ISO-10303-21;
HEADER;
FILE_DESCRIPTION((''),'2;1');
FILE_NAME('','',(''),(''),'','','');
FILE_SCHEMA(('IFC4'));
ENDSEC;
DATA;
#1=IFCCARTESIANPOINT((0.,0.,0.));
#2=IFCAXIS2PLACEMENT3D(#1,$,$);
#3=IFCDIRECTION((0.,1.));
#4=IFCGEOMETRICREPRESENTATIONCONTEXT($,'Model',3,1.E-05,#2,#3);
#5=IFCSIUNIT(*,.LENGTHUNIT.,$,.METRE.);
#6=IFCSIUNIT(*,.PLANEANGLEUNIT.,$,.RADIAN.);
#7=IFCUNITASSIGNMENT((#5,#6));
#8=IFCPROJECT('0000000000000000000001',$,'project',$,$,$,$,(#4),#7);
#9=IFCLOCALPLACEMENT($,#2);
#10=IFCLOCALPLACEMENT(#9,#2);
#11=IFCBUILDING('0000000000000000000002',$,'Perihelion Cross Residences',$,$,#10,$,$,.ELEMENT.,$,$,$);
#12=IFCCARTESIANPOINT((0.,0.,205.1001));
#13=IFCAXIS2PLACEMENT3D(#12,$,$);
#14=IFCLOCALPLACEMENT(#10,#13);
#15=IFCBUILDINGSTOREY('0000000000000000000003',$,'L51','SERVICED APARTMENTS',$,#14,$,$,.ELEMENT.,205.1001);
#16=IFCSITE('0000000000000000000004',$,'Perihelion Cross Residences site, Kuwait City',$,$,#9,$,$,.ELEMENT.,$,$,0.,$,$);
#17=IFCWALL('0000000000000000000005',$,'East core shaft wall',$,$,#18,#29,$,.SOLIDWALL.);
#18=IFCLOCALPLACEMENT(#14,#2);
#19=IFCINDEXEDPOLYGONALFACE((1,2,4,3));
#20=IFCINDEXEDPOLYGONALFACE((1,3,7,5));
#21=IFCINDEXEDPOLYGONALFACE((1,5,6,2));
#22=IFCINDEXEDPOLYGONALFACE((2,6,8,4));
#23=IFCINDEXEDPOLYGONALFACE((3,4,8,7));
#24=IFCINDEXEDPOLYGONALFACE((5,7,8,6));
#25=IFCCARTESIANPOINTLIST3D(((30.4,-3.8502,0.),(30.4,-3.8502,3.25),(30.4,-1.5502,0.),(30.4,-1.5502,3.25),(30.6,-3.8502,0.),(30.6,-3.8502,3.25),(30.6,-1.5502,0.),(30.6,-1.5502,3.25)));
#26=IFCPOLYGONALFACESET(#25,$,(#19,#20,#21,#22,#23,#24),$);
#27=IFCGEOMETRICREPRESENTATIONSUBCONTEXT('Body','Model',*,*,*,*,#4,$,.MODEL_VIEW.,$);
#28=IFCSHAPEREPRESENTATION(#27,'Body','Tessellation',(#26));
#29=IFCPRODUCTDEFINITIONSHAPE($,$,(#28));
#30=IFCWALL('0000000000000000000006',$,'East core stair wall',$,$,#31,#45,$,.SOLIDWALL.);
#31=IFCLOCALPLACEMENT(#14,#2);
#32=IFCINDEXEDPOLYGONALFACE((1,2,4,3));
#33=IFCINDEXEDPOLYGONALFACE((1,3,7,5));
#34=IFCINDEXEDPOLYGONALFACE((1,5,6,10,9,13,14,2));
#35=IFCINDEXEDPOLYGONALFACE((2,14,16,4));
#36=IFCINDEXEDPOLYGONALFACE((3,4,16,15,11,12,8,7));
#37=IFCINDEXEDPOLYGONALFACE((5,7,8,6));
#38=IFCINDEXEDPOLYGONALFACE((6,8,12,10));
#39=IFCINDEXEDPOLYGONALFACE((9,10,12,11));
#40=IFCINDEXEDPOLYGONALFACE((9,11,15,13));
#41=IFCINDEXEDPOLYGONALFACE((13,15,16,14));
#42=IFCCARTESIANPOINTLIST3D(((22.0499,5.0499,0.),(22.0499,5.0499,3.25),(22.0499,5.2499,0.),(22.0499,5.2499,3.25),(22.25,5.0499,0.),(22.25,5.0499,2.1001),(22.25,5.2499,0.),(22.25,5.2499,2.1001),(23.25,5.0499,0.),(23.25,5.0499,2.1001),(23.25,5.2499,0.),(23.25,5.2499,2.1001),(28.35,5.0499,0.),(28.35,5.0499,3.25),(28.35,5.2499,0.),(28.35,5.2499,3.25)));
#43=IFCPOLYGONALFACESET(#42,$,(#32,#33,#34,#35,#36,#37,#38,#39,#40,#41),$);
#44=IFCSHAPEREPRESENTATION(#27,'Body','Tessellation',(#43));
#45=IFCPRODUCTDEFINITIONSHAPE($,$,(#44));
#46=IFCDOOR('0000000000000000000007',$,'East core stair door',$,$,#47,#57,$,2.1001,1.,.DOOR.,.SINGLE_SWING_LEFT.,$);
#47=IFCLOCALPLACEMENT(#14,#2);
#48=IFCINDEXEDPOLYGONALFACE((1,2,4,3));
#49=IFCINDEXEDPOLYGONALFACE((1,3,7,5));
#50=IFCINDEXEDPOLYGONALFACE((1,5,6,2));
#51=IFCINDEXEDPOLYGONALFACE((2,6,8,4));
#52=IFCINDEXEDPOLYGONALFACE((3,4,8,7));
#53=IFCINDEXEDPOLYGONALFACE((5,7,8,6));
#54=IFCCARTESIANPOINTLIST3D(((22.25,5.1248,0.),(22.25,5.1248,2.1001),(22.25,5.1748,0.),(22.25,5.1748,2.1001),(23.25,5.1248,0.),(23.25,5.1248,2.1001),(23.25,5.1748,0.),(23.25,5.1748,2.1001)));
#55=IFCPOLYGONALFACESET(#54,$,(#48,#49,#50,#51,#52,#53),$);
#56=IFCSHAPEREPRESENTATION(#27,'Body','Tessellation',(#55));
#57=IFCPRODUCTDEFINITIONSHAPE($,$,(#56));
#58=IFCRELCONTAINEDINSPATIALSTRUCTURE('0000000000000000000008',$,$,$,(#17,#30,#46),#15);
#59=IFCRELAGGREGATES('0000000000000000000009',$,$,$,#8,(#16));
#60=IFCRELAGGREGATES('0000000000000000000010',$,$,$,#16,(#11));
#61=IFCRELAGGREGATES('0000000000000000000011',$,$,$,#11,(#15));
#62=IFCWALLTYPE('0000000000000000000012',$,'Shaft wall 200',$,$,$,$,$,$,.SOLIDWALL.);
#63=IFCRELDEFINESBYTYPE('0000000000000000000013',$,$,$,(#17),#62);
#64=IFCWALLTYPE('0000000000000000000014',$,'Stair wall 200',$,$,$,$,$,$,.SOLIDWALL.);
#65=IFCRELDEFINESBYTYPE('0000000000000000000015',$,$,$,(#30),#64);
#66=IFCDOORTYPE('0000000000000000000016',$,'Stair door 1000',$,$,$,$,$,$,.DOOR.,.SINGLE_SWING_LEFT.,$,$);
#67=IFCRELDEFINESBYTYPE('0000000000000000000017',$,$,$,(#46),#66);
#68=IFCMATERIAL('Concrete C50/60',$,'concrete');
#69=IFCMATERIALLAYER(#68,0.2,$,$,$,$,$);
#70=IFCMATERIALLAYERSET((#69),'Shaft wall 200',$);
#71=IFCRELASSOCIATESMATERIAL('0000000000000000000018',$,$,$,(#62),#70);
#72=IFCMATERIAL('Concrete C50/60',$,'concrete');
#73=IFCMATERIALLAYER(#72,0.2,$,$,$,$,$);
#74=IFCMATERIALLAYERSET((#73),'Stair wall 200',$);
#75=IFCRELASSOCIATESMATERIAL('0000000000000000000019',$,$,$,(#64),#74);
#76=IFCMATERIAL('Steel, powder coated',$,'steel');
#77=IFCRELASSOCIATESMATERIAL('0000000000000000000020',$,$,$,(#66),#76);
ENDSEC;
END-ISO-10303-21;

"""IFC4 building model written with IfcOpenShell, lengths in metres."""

from ifc_helpers import new_model, si_unit, direction, frame, frame_2d, origin, place, context, subcontext, project, spatial, rectangle, extrude, material, layer, layer_set, type_object, element, fill, save


model = new_model("IFC4")

# Units and contexts
model_context = context("Model", 3, precision=1e-05, world=origin(), true_north=direction((0.0, 1.0)))
body_context = subcontext(model_context, "Body", "Model", "MODEL_VIEW")
ifc_project = project(units=[si_unit("LENGTHUNIT", "METRE"), si_unit("PLANEANGLEUNIT", "RADIAN")], contexts=[model_context])

# Site, building, storey
site_placement = place(None, origin())
site = spatial("IfcSite", under=ifc_project, at=site_placement, Name="Perihelion Cross Residences site, Kuwait City", CompositionType="ELEMENT", RefElevation=0.0)
building_placement = place(site_placement, origin())
building = spatial("IfcBuilding", under=site, at=building_placement, Name="Perihelion Cross Residences", CompositionType="ELEMENT")
storey_placement = place(building_placement, frame((0.0, 0.0, 205.1001)))
storey = spatial("IfcBuildingStorey", under=building, at=storey_placement, Name="L51", Description="SERVICED APARTMENTS", CompositionType="ELEMENT", Elevation=205.1001)

# Shared definitions
ifc_material_1 = material(Name="Concrete C50/60", Category="concrete")
ifc_layer_1 = layer(ifc_material_1, 0.2)
ifc_layer_set_1 = layer_set([ifc_layer_1], Name="Shaft wall 200")
wall_type_1 = type_object("IfcWallType", Name="Shaft wall 200", PredefinedType="SOLIDWALL", material=ifc_layer_set_1)

# Wall
for number, where, z_axis, x_axis, name in (
    (1, (30.5, -3.8501, 0.0), (0.0, 0.0, 1.0), (0.0, 1.0, 0.0), "East core shaft wall"),
):
    element("IfcWall", number, at=place(storey_placement, frame(where, z_axis=z_axis, x_axis=x_axis)), inside=storey, type_object=wall_type_1, Name=name, PredefinedType="SOLIDWALL", context=body_context, shape_type="SweptSolid", body=[
        extrude(rectangle(XDim=2.3, YDim=0.2, at=frame_2d((1.1499, 0.0))), origin(), (0.0, 0.0, 1.0), 3.25),
    ])

# Wall, opening, door
ifc_material_2 = material(Name="Concrete C50/60", Category="concrete")
ifc_layer_2 = layer(ifc_material_2, 0.2)
ifc_layer_set_2 = layer_set([ifc_layer_2], Name="Stair wall 200")
wall_type_2 = type_object("IfcWallType", Name="Stair wall 200", PredefinedType="SOLIDWALL", material=ifc_layer_set_2)
wall_1_placement = place(storey_placement, frame((22.05, 5.1499, 0.0), z_axis=(0.0, 0.0, 1.0), x_axis=(1.0, 0.0, 0.0)))
wall_1 = element("IfcWall", 2, at=wall_1_placement, inside=storey, type_object=wall_type_2, Name="East core stair wall", PredefinedType="SOLIDWALL", context=body_context, shape_type="SweptSolid", body=[
    extrude(rectangle(XDim=6.3, YDim=0.2, at=frame_2d((3.1499, 0.0))), origin(), (0.0, 0.0, 1.0), 3.25),
])
opening_1_placement = place(wall_1_placement, frame((0.2, 0.0, 0.0)))
opening_1 = element("IfcOpeningElement", 3, at=opening_1_placement, cuts=wall_1, PredefinedType="OPENING", context=body_context, shape_type="SweptSolid", body=[
    extrude(rectangle(XDim=1.0, YDim=2.1001, at=frame_2d((0.5, 1.05))), frame((0.0, 0.1099, 0.0), z_axis=(0.0, -1.0, 0.0), x_axis=(1.0, 0.0, 0.0)), (0.0, 0.0, 1.0), 0.22),
])
ifc_material_3 = material(Name="Steel, powder coated", Category="steel")
door_type_1 = type_object("IfcDoorType", Name="Stair door 1000", OperationType="SINGLE_SWING_LEFT", PredefinedType="DOOR", material=ifc_material_3)
door_1_placement = place(opening_1_placement, origin())
door_1 = element("IfcDoor", 4, at=door_1_placement, inside=storey, type_object=door_type_1, Name="East core stair door", OperationType="SINGLE_SWING_LEFT", OverallHeight=2.1001, OverallWidth=1.0, PredefinedType="DOOR", context=body_context, shape_type="SweptSolid", body=[
    extrude(rectangle(XDim=1.0, YDim=2.1001, at=frame_2d((0.5, 1.05))), frame((0.0, 0.0249, 0.0), z_axis=(0.0, -1.0, 0.0), x_axis=(1.0, 0.0, 0.0)), (0.0, 0.0, 1.0), 0.05),
])
fill(opening_1, door_1)

save(model, "model.ifc")
